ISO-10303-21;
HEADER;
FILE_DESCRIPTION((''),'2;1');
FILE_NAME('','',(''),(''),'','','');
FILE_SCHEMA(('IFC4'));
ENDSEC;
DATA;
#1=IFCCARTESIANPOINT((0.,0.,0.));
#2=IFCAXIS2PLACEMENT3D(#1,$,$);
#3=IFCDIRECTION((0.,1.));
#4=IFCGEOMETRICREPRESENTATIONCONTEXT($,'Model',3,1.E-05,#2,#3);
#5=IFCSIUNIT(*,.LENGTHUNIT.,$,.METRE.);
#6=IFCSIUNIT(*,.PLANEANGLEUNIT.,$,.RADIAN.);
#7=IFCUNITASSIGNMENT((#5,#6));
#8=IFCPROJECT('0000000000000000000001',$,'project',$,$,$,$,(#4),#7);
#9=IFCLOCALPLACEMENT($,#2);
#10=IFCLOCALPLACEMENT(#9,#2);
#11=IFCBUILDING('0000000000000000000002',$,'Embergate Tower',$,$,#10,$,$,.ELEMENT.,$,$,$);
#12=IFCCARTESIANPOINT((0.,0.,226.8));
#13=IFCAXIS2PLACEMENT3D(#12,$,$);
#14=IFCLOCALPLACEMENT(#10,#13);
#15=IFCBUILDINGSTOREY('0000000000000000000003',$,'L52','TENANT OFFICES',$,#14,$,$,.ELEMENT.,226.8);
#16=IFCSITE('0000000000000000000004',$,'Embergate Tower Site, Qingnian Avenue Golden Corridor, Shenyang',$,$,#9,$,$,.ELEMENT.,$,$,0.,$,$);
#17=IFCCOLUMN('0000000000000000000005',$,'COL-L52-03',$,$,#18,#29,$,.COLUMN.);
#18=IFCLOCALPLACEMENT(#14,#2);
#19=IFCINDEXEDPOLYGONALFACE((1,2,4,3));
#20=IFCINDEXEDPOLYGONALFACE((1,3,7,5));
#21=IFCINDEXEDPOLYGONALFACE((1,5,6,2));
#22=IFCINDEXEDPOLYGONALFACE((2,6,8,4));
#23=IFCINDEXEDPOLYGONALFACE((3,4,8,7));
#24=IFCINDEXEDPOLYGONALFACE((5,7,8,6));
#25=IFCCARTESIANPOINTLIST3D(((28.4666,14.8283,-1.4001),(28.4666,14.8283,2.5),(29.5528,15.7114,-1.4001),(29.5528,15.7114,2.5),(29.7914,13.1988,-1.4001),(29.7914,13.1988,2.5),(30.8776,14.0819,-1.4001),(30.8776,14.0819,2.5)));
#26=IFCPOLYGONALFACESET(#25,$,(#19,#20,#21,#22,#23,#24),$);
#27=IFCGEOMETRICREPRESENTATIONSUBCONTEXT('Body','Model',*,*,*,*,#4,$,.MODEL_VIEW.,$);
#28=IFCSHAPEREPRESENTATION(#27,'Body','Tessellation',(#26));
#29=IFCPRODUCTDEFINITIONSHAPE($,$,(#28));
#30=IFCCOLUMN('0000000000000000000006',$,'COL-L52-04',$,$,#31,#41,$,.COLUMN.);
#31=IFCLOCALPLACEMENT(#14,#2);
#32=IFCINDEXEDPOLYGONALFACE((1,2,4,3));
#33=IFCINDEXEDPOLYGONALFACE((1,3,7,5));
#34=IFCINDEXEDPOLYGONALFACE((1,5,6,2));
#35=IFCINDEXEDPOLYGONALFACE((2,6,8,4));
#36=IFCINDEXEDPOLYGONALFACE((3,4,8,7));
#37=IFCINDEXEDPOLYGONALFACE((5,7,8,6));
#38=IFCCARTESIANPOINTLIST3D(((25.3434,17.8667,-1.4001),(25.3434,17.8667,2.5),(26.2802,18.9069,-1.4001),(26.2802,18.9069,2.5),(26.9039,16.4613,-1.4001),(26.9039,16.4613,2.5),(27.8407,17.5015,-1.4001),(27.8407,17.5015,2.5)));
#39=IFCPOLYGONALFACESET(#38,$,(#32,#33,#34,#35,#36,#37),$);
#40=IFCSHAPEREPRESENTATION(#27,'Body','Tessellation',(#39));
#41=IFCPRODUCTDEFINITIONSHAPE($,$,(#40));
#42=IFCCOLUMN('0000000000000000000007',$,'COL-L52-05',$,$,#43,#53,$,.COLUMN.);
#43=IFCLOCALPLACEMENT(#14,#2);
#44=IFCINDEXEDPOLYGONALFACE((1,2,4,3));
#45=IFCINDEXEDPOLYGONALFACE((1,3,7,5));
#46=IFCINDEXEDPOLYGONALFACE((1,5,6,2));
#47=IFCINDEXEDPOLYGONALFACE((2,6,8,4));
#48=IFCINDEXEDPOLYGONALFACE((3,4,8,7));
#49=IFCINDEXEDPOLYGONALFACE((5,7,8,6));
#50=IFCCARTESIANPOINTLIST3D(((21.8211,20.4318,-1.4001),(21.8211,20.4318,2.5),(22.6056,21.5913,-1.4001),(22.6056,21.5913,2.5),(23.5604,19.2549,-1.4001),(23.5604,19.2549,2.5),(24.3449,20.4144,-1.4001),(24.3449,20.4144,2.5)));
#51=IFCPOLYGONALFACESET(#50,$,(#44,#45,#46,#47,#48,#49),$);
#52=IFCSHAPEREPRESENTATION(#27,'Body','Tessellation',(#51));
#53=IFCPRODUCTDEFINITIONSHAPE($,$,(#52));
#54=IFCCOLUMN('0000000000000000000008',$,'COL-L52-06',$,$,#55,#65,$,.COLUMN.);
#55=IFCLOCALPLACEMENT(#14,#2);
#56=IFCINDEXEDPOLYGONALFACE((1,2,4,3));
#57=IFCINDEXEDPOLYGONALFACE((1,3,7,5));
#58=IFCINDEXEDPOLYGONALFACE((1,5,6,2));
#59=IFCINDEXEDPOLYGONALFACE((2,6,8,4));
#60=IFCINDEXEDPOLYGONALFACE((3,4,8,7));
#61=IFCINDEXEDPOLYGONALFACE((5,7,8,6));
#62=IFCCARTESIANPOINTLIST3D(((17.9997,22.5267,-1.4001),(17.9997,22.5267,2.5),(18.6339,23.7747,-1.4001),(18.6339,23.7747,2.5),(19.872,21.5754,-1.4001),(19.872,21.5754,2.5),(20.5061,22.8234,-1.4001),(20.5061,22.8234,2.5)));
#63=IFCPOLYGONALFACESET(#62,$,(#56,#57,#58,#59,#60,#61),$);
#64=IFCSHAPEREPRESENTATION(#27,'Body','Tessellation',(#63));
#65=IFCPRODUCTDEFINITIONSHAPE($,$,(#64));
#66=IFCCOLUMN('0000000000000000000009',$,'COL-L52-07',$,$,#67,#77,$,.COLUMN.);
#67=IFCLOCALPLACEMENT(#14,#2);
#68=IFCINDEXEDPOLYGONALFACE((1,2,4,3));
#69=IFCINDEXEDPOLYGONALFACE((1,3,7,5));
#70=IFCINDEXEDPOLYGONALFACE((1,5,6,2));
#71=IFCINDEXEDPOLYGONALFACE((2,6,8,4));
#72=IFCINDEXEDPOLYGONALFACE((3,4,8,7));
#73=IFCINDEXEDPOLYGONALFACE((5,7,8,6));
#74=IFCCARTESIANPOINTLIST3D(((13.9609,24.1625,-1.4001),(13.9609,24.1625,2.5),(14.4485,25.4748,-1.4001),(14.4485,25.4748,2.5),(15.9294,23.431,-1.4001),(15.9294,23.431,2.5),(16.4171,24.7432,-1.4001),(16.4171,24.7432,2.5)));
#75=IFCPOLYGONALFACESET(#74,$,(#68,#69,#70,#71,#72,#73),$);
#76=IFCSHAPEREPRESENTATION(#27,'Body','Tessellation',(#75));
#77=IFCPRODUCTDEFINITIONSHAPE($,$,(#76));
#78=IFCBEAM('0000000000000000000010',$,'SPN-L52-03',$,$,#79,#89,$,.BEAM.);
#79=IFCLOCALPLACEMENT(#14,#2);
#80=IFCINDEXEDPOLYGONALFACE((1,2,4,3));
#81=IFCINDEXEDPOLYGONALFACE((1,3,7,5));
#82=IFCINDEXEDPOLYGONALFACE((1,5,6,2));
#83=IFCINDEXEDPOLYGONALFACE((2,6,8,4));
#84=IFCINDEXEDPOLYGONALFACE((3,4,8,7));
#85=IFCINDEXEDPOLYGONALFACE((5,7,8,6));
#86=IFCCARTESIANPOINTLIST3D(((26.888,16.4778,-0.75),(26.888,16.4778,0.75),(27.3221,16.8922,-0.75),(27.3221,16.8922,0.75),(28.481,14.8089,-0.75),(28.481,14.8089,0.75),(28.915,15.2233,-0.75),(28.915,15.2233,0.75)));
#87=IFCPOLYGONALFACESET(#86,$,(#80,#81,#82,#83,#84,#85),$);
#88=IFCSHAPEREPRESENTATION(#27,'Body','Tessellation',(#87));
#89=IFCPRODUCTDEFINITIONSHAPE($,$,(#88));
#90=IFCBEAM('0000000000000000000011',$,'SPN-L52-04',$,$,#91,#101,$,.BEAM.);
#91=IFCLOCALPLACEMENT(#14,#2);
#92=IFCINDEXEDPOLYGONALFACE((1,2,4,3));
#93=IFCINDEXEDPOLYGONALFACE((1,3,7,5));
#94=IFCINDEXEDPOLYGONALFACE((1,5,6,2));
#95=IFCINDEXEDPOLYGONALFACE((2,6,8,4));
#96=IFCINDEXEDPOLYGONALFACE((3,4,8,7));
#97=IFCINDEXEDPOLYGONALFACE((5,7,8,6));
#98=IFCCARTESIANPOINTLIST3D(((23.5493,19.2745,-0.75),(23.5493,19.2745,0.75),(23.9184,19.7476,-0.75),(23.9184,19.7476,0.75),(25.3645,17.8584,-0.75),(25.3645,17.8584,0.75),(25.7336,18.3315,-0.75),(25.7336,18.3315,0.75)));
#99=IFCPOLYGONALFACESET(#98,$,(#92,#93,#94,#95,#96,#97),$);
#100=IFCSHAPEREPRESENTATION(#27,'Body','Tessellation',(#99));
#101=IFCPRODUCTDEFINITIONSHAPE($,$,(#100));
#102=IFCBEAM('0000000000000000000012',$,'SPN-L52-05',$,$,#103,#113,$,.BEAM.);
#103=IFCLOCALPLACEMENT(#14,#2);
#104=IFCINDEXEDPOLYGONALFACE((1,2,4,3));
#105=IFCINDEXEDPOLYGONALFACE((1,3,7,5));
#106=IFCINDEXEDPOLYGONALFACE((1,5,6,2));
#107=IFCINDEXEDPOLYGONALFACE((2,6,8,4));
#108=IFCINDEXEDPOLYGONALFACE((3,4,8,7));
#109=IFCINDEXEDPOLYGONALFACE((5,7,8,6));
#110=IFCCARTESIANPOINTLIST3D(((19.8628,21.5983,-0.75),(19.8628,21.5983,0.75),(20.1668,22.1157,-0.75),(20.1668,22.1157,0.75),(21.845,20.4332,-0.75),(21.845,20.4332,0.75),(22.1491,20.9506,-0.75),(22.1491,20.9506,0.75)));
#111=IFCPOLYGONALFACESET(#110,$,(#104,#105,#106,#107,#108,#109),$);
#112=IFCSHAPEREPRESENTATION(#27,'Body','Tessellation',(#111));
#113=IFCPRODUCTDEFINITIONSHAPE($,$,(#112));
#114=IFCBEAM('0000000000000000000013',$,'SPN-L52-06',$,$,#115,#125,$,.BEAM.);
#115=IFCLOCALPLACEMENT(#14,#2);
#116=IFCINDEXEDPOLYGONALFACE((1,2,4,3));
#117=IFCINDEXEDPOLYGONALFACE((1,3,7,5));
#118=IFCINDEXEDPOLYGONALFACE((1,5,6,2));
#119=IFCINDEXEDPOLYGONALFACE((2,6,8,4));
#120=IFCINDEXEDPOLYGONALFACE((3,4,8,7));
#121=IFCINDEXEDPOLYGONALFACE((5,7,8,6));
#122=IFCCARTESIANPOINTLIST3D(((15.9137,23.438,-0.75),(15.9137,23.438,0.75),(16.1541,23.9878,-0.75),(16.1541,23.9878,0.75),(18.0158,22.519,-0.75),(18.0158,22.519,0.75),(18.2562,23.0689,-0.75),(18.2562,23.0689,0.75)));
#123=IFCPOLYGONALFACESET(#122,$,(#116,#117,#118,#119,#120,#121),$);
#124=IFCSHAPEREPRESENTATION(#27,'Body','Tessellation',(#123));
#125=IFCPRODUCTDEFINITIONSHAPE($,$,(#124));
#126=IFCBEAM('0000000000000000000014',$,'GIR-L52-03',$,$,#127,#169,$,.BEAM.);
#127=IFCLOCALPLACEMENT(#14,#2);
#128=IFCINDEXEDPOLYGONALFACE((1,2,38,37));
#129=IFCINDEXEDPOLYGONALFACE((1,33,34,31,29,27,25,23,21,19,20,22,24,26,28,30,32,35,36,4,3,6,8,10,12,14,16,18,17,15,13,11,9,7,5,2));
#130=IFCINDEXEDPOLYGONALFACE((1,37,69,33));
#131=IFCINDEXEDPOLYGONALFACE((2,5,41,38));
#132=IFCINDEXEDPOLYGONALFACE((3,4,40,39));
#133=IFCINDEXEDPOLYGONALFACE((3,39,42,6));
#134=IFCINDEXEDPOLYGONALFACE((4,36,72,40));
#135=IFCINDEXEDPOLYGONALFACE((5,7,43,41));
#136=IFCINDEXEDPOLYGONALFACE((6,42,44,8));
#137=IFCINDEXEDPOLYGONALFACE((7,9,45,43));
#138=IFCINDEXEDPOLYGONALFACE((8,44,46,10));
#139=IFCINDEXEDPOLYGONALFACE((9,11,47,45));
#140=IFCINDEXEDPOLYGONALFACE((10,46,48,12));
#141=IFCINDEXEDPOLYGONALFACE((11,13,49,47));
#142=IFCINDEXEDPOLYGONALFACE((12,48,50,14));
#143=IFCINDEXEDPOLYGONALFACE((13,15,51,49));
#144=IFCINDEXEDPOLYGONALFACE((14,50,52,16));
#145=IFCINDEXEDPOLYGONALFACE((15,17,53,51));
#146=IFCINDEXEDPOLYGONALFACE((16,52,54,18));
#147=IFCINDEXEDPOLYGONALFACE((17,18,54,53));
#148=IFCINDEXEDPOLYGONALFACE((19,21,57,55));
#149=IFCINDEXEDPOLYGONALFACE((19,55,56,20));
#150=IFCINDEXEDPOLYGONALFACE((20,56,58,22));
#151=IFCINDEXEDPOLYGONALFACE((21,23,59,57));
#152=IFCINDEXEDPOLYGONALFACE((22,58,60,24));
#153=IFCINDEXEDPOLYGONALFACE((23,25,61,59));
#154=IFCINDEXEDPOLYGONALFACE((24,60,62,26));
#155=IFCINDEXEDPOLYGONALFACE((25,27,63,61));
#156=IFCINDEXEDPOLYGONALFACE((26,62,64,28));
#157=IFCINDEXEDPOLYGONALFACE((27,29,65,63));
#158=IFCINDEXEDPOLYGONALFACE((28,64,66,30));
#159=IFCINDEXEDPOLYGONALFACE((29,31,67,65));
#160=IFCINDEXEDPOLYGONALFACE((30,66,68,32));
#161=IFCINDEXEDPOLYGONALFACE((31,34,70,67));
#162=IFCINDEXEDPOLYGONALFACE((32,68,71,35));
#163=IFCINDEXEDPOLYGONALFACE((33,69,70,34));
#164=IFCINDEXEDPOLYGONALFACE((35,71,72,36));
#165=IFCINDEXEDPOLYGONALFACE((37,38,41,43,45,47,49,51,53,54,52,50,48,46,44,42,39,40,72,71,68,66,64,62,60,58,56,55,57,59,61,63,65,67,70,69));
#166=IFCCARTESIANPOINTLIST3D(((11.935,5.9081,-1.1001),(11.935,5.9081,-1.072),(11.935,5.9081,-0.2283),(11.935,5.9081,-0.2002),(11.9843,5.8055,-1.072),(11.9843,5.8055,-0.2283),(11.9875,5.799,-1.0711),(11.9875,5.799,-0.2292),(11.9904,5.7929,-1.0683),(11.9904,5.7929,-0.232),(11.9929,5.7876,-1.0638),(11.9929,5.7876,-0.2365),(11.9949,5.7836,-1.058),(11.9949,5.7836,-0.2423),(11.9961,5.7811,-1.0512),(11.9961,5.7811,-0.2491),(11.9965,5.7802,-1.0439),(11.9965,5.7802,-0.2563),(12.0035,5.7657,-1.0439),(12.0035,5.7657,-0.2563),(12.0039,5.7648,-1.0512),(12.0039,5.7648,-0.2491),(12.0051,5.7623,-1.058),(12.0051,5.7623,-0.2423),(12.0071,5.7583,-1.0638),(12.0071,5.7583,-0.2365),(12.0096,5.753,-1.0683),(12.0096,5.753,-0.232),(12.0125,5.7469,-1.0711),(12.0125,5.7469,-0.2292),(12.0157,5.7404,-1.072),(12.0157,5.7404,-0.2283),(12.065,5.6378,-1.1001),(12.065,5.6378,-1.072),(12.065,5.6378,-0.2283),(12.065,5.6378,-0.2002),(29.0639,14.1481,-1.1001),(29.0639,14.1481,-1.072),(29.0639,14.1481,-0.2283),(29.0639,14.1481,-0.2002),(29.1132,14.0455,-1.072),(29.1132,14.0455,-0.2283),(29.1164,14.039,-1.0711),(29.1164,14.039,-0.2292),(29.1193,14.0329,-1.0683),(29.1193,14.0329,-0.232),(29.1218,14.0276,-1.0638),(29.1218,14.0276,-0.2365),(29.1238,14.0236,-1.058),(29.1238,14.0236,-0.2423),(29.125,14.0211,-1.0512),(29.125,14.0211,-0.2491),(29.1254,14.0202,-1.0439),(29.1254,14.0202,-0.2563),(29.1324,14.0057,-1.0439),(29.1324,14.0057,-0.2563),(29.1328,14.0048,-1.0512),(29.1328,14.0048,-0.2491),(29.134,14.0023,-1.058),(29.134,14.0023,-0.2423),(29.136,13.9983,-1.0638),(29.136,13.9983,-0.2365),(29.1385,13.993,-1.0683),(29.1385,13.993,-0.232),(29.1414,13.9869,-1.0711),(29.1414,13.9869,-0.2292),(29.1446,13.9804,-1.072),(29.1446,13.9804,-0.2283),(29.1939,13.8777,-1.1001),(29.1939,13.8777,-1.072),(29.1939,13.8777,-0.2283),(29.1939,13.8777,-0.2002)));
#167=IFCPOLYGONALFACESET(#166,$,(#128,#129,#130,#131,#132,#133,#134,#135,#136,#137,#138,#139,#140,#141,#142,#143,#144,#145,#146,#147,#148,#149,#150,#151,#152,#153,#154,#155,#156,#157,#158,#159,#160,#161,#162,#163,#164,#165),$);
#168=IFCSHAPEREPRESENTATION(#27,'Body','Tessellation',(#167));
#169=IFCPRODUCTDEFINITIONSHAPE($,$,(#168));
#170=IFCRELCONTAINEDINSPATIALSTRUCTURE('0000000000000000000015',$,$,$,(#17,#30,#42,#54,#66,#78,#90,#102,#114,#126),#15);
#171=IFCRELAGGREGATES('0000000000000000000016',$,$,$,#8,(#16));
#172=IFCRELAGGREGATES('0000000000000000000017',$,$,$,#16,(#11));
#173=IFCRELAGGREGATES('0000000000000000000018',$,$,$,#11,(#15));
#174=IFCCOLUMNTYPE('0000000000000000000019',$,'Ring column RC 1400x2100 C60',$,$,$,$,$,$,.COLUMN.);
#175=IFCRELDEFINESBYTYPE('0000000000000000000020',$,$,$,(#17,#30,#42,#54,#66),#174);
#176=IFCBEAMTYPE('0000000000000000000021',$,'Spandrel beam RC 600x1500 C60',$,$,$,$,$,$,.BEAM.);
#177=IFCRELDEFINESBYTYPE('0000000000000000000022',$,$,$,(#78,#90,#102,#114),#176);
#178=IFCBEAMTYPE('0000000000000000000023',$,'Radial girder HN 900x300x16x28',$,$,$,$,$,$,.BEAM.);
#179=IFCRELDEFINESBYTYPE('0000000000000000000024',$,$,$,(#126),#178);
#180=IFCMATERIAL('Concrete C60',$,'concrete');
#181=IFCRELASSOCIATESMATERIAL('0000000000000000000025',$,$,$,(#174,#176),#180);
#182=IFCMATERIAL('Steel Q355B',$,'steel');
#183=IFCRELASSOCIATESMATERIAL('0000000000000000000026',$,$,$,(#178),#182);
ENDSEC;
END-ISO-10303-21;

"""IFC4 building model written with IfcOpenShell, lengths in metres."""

from ifc_helpers import new_model, si_unit, direction, frame, origin, origin_2d, place, context, subcontext, project, spatial, rectangle, i_section, extrude, source, transform, mapped, material, material_profile, profile_set, type_object, element, save


model = new_model("IFC4")

# Units and contexts
model_context = context("Model", 3, precision=1e-05, world=origin(), true_north=direction((0.0, 1.0)))
body_context = subcontext(model_context, "Body", "Model", "MODEL_VIEW")
ifc_project = project(units=[si_unit("LENGTHUNIT", "METRE"), si_unit("PLANEANGLEUNIT", "RADIAN")], contexts=[model_context])

# Site, building, storey
site_placement = place(None, origin())
site = spatial("IfcSite", under=ifc_project, at=site_placement, Name="Embergate Tower Site, Qingnian Avenue Golden Corridor, Shenyang", CompositionType="ELEMENT", RefElevation=0.0)
building_placement = place(site_placement, origin())
building = spatial("IfcBuilding", under=site, at=building_placement, Name="Embergate Tower", CompositionType="ELEMENT")
storey_placement = place(building_placement, frame((0.0, 0.0, 226.8)))
storey = spatial("IfcBuildingStorey", under=building, at=storey_placement, Name="L52", Description="TENANT OFFICES", CompositionType="ELEMENT", Elevation=226.8)

# Columns
ifc_material_1 = material(Name="Concrete C60", Category="concrete")
ifc_material_profile_1 = material_profile(ifc_material_1, rectangle(XDim=1.3999, YDim=2.1001, at=origin_2d()), Name="RC 1400x2100")
ifc_profile_set_1 = profile_set([ifc_material_profile_1], Name="Concrete C60")
column_type = type_object("IfcColumnType", Name="Ring column RC 1400x2100 C60", PredefinedType="COLUMN", material=ifc_profile_set_1)
shared_shape_1 = source(origin(), body_context, "Body", "SweptSolid", [
    extrude(rectangle(XDim=1.3999, YDim=2.1001, at=origin_2d()), origin(), (0.0, 0.0, 1.0), 3.9001),
])
for number, where, z_axis, x_axis, name in (
    (1, (29.6721, 14.4551, -1.4001), (0.0, 0.0, 1.0), (0.775925, 0.630825, 0.0), "COL-L52-03"),
    (2, (26.592, 17.6841, -1.4001), (0.0, 0.0, 1.0), (0.669221, 0.743063, 0.0), "COL-L52-04"),
    (3, (23.083, 20.4231, -1.4001), (0.0, 0.0, 1.0), (0.560393, 0.828227, 0.0), "COL-L52-05"),
    (4, (19.2529, 22.675, -1.4001), (0.0, 0.0, 1.0), (0.453011, 0.891505, 0.0), "COL-L52-06"),
    (5, (15.189, 24.4529, -1.4001), (0.0, 0.0, 1.0), (0.348343, 0.937367, 0.0), "COL-L52-07"),
):
    element("IfcColumn", number, at=place(storey_placement, frame(where, z_axis=z_axis, x_axis=x_axis)), inside=storey, type_object=column_type, Name=name, PredefinedType="COLUMN", context=body_context, shape_type="MappedRepresentation", body=[
        mapped(shared_shape_1, transform((0.0, 0.0, 0.0))),
    ])

# Beams
ifc_material_profile_2 = material_profile(ifc_material_1, rectangle(XDim=0.6001, YDim=1.5, at=origin_2d()), Name="RC 600x1500")
ifc_profile_set_2 = profile_set([ifc_material_profile_2], Name="Concrete C60")
beam_type_1 = type_object("IfcBeamType", Name="Spandrel beam RC 600x1500 C60", PredefinedType="BEAM", material=ifc_profile_set_2)
shared_shape_2 = source(origin(), body_context, "Body", "SweptSolid", [
    extrude(rectangle(XDim=0.6001, YDim=1.5, at=origin_2d()), origin(), (0.0, 0.0, 1.0), 2.3071),
])
beam_1_placement = place(storey_placement, frame((28.698, 15.0161, 0.0), z_axis=(-0.690461, 0.72337, 0.0), x_axis=(-0.72337, -0.690461, 0.0)))
element("IfcBeam", 6, at=beam_1_placement, inside=storey, type_object=beam_type_1, Name="SPN-L52-03", PredefinedType="BEAM", context=body_context, shape_type="MappedRepresentation", body=[
    mapped(shared_shape_2, transform((0.0, 0.0, 0.0))),
])
shared_shape_3 = source(origin(), body_context, "Body", "SweptSolid", [
    extrude(rectangle(XDim=0.6001, YDim=1.5, at=origin_2d()), origin(), (0.0, 0.0, 1.0), 2.3022),
])
beam_2_placement = place(storey_placement, frame((25.5491, 18.095, 0.0), z_axis=(-0.788466, 0.615078, 0.0), x_axis=(-0.615078, -0.788466, 0.0)))
element("IfcBeam", 7, at=beam_2_placement, inside=storey, type_object=beam_type_1, Name="SPN-L52-04", PredefinedType="BEAM", context=body_context, shape_type="MappedRepresentation", body=[
    mapped(shared_shape_3, transform((0.0, 0.0, 0.0))),
])
shared_shape_4 = source(origin(), body_context, "Body", "SweptSolid", [
    extrude(rectangle(XDim=0.6001, YDim=1.5, at=origin_2d()), origin(), (0.0, 0.0, 1.0), 2.2993),
])
beam_3_placement = place(storey_placement, frame((21.9971, 20.6919, 0.0), z_axis=(-0.862114, 0.506714, 0.0), x_axis=(-0.506714, -0.862114, 0.0)))
element("IfcBeam", 8, at=beam_3_placement, inside=storey, type_object=beam_type_1, Name="SPN-L52-05", PredefinedType="BEAM", context=body_context, shape_type="MappedRepresentation", body=[
    mapped(shared_shape_4, transform((0.0, 0.0, 0.0))),
])
shared_shape_5 = source(origin(), body_context, "Body", "SweptSolid", [
    extrude(rectangle(XDim=0.6001, YDim=1.5, at=origin_2d()), origin(), (0.0, 0.0, 1.0), 2.2942),
])
beam_4_placement = place(storey_placement, frame((18.136, 22.7939, 0.0), z_axis=(-0.91627, 0.400562, 0.0), x_axis=(-0.400562, -0.91627, 0.0)))
element("IfcBeam", 9, at=beam_4_placement, inside=storey, type_object=beam_type_1, Name="SPN-L52-06", PredefinedType="BEAM", context=body_context, shape_type="MappedRepresentation", body=[
    mapped(shared_shape_5, transform((0.0, 0.0, 0.0))),
])
ifc_material_2 = material(Name="Steel Q355B", Category="steel")
ifc_material_profile_3 = material_profile(ifc_material_2, i_section(OverallWidth=0.3, OverallDepth=0.8999, WebThickness=0.0161, FlangeThickness=0.0281, FilletRadius=0.0281, at=origin_2d()), Name="HN 900x300x16x28")
ifc_profile_set_3 = profile_set([ifc_material_profile_3], Name="Steel Q355 grade B")
beam_type_2 = type_object("IfcBeamType", Name="Radial girder HN 900x300x16x28", PredefinedType="BEAM", material=ifc_profile_set_3)
shared_shape_6 = source(origin(), body_context, "Body", "SweptSolid", [
    extrude(i_section(OverallWidth=0.3, OverallDepth=0.8999, WebThickness=0.0161, FlangeThickness=0.0281, FilletRadius=0.0281, at=origin_2d()), origin(), (0.0, 0.0, 1.0), 19.0078),
])
beam_5_placement = place(storey_placement, frame((29.1289, 14.0129, -0.6501), z_axis=(-0.901151, -0.433505, 0.0), x_axis=(0.433505, -0.901151, 0.0)))
element("IfcBeam", 10, at=beam_5_placement, inside=storey, type_object=beam_type_2, Name="GIR-L52-03", PredefinedType="BEAM", context=body_context, shape_type="MappedRepresentation", body=[
    mapped(shared_shape_6, transform((0.0, 0.0, 0.0))),
])

save(model, "model.ifc")
